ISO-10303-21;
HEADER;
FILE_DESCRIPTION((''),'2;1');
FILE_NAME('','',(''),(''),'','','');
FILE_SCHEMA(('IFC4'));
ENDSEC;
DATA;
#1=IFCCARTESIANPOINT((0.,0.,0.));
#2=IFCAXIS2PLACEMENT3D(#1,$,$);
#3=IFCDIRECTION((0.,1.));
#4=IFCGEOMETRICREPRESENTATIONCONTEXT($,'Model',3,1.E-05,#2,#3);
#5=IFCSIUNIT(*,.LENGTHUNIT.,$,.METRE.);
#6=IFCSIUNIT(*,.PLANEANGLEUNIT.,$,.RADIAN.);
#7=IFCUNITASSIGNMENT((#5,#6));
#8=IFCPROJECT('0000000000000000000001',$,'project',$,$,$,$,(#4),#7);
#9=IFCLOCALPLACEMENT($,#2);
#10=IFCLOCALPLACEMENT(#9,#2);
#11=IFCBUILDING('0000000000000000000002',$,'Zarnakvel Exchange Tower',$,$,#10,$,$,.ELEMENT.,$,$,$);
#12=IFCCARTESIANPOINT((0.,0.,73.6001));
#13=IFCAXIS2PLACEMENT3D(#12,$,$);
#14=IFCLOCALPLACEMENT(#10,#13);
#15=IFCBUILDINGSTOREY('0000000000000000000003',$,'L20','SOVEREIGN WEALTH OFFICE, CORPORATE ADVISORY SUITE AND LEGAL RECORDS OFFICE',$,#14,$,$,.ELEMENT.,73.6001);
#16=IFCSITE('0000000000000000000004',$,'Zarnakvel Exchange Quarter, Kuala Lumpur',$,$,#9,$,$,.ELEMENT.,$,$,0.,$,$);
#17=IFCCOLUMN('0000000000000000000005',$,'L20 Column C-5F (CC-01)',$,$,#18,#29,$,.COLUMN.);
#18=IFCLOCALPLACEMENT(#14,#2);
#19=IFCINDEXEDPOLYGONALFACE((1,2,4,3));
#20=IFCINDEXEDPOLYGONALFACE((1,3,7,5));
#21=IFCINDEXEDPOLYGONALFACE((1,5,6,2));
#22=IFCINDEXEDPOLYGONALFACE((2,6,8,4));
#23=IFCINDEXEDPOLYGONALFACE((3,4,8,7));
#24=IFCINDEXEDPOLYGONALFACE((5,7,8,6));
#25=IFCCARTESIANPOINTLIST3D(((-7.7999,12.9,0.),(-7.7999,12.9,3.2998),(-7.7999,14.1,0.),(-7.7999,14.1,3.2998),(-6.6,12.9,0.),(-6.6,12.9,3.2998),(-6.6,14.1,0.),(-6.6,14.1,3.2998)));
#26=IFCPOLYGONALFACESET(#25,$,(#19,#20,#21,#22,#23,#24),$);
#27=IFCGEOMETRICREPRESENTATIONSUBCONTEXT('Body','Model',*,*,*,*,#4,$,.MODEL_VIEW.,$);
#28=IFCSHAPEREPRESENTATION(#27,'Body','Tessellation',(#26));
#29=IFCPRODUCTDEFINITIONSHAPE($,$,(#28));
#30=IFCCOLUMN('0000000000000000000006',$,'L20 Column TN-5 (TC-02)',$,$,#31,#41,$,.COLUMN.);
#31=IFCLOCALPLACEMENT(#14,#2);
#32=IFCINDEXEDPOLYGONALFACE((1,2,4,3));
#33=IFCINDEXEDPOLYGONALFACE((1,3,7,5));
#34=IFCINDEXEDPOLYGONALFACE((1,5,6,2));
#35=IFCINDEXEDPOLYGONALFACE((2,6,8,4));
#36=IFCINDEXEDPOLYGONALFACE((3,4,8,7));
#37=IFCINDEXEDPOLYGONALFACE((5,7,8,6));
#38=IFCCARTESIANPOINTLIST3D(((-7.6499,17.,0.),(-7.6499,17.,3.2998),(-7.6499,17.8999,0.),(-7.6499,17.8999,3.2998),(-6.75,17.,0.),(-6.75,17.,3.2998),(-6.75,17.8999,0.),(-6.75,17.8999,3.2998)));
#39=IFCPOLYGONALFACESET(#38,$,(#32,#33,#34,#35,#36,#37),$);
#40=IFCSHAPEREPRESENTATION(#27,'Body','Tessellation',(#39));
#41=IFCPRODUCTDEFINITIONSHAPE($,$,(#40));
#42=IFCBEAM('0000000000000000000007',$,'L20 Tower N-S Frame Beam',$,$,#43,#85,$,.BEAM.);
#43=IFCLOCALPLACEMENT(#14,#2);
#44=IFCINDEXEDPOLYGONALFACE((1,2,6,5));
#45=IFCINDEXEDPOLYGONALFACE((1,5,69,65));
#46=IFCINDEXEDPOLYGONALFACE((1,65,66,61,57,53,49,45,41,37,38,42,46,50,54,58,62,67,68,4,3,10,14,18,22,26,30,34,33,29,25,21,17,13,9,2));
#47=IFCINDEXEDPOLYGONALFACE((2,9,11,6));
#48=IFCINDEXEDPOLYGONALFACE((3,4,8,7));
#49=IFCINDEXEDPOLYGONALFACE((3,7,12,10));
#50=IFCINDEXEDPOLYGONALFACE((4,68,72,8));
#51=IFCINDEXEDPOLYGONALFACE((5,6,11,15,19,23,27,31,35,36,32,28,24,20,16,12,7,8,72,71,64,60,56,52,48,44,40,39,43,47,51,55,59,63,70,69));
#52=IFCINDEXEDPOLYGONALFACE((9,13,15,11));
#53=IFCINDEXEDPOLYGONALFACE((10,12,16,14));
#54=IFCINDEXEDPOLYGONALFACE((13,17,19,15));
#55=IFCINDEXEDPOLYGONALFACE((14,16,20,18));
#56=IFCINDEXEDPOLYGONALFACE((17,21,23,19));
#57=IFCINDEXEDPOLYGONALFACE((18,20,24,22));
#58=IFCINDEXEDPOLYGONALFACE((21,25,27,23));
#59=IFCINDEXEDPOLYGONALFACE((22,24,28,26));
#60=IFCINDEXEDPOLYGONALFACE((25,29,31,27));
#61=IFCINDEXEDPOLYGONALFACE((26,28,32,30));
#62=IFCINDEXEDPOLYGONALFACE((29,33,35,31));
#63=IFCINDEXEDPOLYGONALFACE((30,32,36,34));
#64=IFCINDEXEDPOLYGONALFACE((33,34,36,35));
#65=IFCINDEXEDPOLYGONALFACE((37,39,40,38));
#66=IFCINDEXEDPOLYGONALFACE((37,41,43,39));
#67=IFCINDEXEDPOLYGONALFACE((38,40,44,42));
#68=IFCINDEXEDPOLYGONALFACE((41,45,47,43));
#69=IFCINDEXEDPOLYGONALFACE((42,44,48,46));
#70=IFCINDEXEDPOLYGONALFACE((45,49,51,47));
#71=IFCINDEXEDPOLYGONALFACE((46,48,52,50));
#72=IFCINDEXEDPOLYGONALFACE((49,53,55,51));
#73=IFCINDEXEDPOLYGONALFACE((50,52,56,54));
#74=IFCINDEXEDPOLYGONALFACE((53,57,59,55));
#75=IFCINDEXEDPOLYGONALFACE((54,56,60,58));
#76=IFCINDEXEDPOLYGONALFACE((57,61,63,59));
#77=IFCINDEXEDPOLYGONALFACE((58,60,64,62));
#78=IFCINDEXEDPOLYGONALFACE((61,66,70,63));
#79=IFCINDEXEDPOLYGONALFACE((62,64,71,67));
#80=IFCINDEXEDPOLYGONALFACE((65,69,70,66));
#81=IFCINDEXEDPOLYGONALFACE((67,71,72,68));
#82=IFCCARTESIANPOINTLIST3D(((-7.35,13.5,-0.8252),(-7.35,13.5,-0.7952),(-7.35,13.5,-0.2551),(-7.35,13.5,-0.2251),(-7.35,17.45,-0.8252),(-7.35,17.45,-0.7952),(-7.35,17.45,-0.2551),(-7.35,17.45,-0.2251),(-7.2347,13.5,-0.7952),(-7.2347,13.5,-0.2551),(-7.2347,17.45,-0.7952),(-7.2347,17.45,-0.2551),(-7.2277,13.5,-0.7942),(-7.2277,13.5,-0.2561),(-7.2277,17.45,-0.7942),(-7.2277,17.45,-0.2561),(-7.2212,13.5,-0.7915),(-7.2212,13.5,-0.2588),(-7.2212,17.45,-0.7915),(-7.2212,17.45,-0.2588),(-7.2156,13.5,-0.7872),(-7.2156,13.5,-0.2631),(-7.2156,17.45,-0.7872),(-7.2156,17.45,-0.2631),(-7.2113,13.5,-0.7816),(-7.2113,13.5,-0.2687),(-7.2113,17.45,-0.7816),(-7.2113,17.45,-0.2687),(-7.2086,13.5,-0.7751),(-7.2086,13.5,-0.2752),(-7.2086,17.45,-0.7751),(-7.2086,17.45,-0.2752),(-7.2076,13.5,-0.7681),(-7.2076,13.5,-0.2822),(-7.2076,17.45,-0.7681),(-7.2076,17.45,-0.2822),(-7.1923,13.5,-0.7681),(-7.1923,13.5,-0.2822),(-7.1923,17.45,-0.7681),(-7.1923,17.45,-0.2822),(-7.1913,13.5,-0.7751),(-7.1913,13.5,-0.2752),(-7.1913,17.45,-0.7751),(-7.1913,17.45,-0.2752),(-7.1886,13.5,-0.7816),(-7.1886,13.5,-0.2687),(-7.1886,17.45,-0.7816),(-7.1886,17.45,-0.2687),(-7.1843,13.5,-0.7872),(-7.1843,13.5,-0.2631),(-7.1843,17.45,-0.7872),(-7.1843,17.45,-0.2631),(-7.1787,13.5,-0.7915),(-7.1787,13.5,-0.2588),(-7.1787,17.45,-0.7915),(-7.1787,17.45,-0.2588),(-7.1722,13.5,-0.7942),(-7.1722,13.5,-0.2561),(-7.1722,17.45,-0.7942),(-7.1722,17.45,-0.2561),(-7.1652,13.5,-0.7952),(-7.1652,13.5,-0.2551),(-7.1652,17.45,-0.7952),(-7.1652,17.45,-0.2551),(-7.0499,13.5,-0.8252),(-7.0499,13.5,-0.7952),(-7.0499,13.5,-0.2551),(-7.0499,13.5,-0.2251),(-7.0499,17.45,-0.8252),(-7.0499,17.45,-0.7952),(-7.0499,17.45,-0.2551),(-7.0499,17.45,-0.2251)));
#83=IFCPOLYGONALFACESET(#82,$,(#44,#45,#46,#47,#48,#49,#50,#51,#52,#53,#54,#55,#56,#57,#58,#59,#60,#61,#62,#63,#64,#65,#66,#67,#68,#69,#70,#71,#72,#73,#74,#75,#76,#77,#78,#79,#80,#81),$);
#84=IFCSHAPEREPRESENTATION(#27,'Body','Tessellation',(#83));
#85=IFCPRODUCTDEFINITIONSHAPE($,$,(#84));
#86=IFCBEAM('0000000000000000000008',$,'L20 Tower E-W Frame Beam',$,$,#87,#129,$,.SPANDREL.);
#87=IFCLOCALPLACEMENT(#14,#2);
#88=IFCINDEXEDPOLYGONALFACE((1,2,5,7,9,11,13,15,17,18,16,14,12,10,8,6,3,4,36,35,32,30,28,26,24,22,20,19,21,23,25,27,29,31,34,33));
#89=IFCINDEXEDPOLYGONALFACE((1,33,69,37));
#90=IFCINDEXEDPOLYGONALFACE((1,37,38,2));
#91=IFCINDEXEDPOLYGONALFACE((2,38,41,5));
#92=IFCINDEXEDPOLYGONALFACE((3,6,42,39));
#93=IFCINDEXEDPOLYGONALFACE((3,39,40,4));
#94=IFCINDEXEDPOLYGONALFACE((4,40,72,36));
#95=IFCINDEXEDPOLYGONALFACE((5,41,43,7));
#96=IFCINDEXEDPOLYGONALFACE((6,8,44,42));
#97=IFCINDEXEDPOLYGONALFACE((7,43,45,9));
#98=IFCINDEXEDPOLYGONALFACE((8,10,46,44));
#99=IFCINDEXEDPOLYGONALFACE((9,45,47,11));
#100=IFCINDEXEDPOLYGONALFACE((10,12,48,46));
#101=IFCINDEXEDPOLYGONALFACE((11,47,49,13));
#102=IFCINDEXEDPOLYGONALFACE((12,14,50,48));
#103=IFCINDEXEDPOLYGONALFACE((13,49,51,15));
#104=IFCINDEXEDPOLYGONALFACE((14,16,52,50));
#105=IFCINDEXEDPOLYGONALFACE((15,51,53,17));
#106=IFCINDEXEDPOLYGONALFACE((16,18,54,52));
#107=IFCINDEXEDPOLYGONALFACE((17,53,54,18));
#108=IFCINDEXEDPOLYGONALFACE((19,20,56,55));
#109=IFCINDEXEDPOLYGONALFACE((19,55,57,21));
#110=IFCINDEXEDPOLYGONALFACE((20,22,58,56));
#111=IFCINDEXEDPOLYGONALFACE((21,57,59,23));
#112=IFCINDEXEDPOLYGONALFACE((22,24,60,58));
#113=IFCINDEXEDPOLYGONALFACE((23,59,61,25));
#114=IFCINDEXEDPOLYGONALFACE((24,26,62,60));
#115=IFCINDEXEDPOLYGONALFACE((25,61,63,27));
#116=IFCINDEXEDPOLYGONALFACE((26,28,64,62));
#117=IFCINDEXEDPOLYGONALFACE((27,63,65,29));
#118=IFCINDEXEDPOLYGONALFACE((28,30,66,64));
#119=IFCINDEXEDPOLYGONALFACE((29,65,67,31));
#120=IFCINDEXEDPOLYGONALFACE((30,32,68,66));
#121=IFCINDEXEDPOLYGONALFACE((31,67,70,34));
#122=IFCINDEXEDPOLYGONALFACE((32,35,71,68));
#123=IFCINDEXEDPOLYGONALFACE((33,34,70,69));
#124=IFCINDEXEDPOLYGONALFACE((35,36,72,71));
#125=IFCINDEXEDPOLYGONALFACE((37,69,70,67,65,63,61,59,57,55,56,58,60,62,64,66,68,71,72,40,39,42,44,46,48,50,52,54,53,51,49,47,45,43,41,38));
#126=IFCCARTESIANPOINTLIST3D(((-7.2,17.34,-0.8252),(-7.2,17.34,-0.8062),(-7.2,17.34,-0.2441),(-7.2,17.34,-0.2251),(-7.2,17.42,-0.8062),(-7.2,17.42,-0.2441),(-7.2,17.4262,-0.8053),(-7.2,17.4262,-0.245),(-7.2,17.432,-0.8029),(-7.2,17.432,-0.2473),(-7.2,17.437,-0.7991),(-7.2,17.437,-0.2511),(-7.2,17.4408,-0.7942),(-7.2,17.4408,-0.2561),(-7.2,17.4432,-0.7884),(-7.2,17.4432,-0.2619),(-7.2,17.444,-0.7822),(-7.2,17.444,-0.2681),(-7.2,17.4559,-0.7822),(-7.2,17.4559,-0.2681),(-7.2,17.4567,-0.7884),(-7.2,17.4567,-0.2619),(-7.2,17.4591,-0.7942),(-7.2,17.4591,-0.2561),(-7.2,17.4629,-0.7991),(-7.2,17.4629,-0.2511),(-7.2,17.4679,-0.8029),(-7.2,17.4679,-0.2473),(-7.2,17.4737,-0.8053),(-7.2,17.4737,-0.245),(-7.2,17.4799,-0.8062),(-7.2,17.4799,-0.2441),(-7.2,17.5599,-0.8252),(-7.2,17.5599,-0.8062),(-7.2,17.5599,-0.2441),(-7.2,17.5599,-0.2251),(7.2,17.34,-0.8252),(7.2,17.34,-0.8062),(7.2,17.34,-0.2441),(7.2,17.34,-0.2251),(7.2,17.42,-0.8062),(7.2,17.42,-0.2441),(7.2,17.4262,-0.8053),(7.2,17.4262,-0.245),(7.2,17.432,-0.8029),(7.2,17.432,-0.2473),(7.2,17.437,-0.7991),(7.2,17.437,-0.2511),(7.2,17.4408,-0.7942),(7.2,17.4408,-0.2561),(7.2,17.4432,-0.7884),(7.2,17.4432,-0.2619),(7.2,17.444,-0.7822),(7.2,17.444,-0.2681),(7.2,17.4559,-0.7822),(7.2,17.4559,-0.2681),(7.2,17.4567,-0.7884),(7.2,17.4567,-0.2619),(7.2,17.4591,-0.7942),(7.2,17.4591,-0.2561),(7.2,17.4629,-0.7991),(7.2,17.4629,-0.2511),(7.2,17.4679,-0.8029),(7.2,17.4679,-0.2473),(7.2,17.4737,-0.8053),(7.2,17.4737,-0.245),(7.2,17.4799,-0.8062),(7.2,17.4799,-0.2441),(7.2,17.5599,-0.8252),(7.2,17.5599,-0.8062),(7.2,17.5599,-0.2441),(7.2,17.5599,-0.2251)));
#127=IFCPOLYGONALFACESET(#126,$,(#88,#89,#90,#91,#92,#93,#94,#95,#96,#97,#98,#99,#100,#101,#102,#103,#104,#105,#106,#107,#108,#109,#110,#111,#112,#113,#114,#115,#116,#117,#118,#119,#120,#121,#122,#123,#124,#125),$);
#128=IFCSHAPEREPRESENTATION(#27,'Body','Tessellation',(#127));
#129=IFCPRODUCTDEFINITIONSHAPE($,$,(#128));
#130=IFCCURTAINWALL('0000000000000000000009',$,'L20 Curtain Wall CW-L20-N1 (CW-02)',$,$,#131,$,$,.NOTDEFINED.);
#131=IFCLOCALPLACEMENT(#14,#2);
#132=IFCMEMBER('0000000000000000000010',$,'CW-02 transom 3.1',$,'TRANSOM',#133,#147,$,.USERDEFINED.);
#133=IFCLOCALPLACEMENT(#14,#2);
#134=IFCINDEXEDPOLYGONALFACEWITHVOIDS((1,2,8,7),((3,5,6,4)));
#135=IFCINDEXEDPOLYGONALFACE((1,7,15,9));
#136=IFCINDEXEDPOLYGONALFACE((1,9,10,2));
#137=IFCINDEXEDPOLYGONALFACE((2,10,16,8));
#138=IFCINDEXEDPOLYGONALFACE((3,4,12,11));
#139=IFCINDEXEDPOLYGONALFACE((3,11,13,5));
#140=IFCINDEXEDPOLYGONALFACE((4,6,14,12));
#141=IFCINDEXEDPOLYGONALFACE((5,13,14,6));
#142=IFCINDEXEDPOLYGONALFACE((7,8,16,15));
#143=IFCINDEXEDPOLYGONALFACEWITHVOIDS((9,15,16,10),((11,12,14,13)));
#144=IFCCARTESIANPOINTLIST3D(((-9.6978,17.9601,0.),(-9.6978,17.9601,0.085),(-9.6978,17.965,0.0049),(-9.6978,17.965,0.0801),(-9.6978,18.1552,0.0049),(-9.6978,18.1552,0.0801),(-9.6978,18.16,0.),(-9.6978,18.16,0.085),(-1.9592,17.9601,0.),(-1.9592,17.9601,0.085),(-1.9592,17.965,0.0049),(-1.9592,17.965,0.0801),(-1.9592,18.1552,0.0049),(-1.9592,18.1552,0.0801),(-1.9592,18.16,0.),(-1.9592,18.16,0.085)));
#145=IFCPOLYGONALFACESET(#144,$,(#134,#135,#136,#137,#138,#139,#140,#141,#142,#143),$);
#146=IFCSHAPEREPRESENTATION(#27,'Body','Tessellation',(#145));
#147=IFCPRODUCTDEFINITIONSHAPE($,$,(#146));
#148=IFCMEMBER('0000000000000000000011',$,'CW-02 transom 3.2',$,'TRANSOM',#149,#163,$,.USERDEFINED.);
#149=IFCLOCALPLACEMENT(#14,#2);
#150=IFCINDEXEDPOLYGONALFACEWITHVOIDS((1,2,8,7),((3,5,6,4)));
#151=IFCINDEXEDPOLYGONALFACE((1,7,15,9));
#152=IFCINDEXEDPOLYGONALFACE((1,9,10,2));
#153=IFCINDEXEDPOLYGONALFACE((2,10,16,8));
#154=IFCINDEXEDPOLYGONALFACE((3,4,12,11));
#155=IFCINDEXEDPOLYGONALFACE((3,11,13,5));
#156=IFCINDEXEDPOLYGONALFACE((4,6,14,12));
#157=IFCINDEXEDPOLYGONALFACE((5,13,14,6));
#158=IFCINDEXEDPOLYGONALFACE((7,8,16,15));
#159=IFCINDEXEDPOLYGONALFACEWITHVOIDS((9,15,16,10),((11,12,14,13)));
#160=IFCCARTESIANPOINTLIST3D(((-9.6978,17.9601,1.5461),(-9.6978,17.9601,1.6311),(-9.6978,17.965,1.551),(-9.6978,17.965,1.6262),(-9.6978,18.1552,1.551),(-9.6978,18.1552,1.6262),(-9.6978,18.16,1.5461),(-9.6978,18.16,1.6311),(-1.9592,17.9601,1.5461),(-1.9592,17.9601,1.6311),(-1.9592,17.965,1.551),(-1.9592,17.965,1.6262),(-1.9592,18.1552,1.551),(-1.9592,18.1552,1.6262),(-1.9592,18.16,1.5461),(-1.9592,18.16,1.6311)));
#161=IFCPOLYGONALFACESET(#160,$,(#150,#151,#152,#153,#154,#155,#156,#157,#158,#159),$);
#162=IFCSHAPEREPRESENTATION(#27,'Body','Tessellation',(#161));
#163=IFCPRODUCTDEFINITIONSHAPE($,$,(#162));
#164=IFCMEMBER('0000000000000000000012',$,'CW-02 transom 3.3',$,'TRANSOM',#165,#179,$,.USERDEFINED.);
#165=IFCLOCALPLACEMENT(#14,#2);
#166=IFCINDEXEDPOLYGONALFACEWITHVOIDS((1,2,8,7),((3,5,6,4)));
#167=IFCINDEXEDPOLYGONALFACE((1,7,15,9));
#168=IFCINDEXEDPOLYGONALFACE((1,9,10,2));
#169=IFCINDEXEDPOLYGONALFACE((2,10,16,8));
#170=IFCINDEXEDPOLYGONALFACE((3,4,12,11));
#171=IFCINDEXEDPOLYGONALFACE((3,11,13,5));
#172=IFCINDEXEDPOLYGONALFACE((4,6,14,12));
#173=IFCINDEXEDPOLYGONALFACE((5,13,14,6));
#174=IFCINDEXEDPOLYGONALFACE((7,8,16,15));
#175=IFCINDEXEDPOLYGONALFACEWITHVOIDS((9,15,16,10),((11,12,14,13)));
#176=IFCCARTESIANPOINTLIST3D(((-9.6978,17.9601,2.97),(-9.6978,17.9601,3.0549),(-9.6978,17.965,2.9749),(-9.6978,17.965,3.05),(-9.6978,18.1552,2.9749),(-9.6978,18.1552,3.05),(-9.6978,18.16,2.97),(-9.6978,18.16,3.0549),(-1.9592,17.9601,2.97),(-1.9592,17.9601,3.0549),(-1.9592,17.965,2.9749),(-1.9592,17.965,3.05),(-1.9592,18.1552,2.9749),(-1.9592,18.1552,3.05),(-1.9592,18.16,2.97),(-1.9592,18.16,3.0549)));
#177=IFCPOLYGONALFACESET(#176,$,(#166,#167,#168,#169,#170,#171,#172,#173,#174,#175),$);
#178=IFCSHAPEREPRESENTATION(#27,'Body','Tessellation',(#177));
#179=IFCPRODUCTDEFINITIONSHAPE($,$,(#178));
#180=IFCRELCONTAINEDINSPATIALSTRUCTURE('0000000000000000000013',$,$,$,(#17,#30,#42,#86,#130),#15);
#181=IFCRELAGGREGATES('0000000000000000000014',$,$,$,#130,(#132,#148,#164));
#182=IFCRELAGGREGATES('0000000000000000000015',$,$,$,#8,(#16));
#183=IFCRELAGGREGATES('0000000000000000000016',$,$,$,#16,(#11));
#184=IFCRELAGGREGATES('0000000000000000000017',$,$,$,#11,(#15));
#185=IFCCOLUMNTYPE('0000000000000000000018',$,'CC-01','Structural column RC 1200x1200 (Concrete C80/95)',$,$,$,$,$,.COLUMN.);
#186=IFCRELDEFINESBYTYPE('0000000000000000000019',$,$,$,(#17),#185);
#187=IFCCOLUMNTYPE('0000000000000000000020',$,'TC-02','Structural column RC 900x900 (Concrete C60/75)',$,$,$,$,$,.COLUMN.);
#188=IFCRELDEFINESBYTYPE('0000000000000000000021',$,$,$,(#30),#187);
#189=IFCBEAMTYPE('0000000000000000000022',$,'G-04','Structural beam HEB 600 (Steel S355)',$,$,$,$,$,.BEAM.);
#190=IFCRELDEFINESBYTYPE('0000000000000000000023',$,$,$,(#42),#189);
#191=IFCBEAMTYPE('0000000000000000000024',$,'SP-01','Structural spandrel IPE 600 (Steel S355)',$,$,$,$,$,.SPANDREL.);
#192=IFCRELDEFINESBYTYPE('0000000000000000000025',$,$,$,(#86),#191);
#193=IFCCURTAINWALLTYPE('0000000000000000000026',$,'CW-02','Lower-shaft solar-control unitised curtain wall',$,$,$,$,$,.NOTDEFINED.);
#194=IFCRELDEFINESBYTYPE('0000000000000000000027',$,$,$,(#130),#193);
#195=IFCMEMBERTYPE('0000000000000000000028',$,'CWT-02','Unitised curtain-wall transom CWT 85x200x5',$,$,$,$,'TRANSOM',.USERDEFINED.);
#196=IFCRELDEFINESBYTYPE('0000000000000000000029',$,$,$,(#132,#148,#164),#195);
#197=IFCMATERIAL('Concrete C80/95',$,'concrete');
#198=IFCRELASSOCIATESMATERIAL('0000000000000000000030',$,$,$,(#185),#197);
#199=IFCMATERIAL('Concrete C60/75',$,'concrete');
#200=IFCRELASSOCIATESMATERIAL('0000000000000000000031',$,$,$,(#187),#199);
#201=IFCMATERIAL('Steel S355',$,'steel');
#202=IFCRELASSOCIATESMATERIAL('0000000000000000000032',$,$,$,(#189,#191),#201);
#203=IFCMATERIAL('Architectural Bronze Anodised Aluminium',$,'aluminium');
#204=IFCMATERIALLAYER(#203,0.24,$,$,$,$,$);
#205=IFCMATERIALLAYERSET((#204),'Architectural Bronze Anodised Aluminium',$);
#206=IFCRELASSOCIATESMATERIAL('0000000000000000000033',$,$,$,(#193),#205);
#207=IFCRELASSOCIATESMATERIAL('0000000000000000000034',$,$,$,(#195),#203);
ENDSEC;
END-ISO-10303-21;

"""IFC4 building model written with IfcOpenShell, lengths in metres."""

from ifc_helpers import new_model, si_unit, direction, frame, origin, origin_2d, place, context, subcontext, project, spatial, rectangle, hollow_rectangle, i_section, extrude, source, transform, mapped, material, layer, layer_set, material_profile, profile_set, type_object, element, aggregate, save


model = new_model("IFC4")

# Units and contexts
model_context = context("Model", 3, precision=1e-05, world=origin(), true_north=direction((0.0, 1.0)))
body_context = subcontext(model_context, "Body", "Model", "MODEL_VIEW")
ifc_project = project(units=[si_unit("LENGTHUNIT", "METRE"), si_unit("PLANEANGLEUNIT", "RADIAN")], contexts=[model_context])

# Site, building, storey
site_placement = place(None, origin())
site = spatial("IfcSite", under=ifc_project, at=site_placement, Name="Zarnakvel Exchange Quarter, Kuala Lumpur", CompositionType="ELEMENT", RefElevation=0.0)
building_placement = place(site_placement, origin())
building = spatial("IfcBuilding", under=site, at=building_placement, Name="Zarnakvel Exchange Tower", CompositionType="ELEMENT")
storey_placement = place(building_placement, frame((0.0, 0.0, 73.6001)))
storey = spatial("IfcBuildingStorey", under=building, at=storey_placement, Name="L20", Description="SOVEREIGN WEALTH OFFICE, CORPORATE ADVISORY SUITE AND LEGAL RECORDS OFFICE", CompositionType="ELEMENT", Elevation=73.6001)

# Columns
ifc_material_1 = material(Name="Concrete C80/95", Category="concrete")
ifc_material_profile_1 = material_profile(ifc_material_1, rectangle(XDim=1.2, YDim=1.2, at=origin_2d()))
ifc_profile_set_1 = profile_set([ifc_material_profile_1], Name="Concrete C80/95")
column_type_1 = type_object("IfcColumnType", Name="CC-01", Description="Structural column RC 1200x1200 (Concrete C80/95)", PredefinedType="COLUMN", material=ifc_profile_set_1)
column_1_placement = place(storey_placement, frame((-7.2, 13.5, 0.0), z_axis=(0.0, 0.0, 1.0), x_axis=(1.0, 0.0, 0.0)))
element("IfcColumn", 1, at=column_1_placement, inside=storey, type_object=column_type_1, Name="L20 Column C-5F (CC-01)", PredefinedType="COLUMN", context=body_context, shape_type="SweptSolid", body=[
    extrude(rectangle(XDim=1.2, YDim=1.2, at=origin_2d()), origin(), (0.0, 0.0, 1.0), 3.2998),
])
ifc_material_2 = material(Name="Concrete C60/75", Category="concrete")
ifc_material_profile_2 = material_profile(ifc_material_2, rectangle(XDim=0.8999, YDim=0.8999, at=origin_2d()))
ifc_profile_set_2 = profile_set([ifc_material_profile_2], Name="Concrete C60/75")
column_type_2 = type_object("IfcColumnType", Name="TC-02", Description="Structural column RC 900x900 (Concrete C60/75)", PredefinedType="COLUMN", material=ifc_profile_set_2)
column_2_placement = place(storey_placement, frame((-7.2, 17.45, 0.0), z_axis=(0.0, 0.0, 1.0), x_axis=(1.0, 0.0, 0.0)))
element("IfcColumn", 2, at=column_2_placement, inside=storey, type_object=column_type_2, Name="L20 Column TN-5 (TC-02)", PredefinedType="COLUMN", context=body_context, shape_type="SweptSolid", body=[
    extrude(rectangle(XDim=0.8999, YDim=0.8999, at=origin_2d()), origin(), (0.0, 0.0, 1.0), 3.2998),
])

# Beams
ifc_material_3 = material(Name="Steel S355", Category="steel")
ifc_material_profile_3 = material_profile(ifc_material_3, i_section(OverallWidth=0.3, OverallDepth=0.6001, WebThickness=0.0154, FlangeThickness=0.03, FilletRadius=0.0271, at=origin_2d()))
ifc_profile_set_3 = profile_set([ifc_material_profile_3], Name="Steel S355")
beam_type_1 = type_object("IfcBeamType", Name="G-04", Description="Structural beam HEB 600 (Steel S355)", PredefinedType="BEAM", material=ifc_profile_set_3)
beam_1_placement = place(storey_placement, frame((-7.2, 13.5, -0.5251), z_axis=(0.0, 1.0, 0.0), x_axis=(-1.0, 0.0, 0.0)))
element("IfcBeam", 3, at=beam_1_placement, inside=storey, type_object=beam_type_1, Name="L20 Tower N-S Frame Beam", PredefinedType="BEAM", context=body_context, shape_type="SweptSolid", body=[
    extrude(i_section(OverallWidth=0.3, OverallDepth=0.6001, WebThickness=0.0154, FlangeThickness=0.03, FilletRadius=0.0271, at=origin_2d()), origin(), (0.0, 0.0, 1.0), 3.95),
])
ifc_material_profile_4 = material_profile(ifc_material_3, i_section(OverallWidth=0.22, OverallDepth=0.6001, WebThickness=0.012, FlangeThickness=0.019, FilletRadius=0.0239, at=origin_2d()))
ifc_profile_set_4 = profile_set([ifc_material_profile_4], Name="Steel S355")
beam_type_2 = type_object("IfcBeamType", Name="SP-01", Description="Structural spandrel IPE 600 (Steel S355)", PredefinedType="SPANDREL", material=ifc_profile_set_4)
beam_2_placement = place(storey_placement, frame((-7.2, 17.45, -0.5251), z_axis=(1.0, 0.0, 0.0), x_axis=(0.0, 1.0, 0.0)))
element("IfcBeam", 4, at=beam_2_placement, inside=storey, type_object=beam_type_2, Name="L20 Tower E-W Frame Beam", PredefinedType="SPANDREL", context=body_context, shape_type="SweptSolid", body=[
    extrude(i_section(OverallWidth=0.22, OverallDepth=0.6001, WebThickness=0.012, FlangeThickness=0.019, FilletRadius=0.0239, at=origin_2d()), origin(), (0.0, 0.0, 1.0), 14.3999),
])

# Curtain wall, members
ifc_material_4 = material(Name="Architectural Bronze Anodised Aluminium", Category="aluminium")
ifc_layer_1 = layer(ifc_material_4, 0.24)
ifc_layer_set_1 = layer_set([ifc_layer_1], Name="Architectural Bronze Anodised Aluminium")
curtain_wall_type = type_object("IfcCurtainWallType", Name="CW-02", Description="Lower-shaft solar-control unitised curtain wall", PredefinedType="NOTDEFINED", material=ifc_layer_set_1)
curtain_wall_placement = place(storey_placement, origin())
curtain_wall = element("IfcCurtainWall", 5, at=curtain_wall_placement, inside=storey, type_object=curtain_wall_type, Name="L20 Curtain Wall CW-L20-N1 (CW-02)", PredefinedType="NOTDEFINED")
ifc_material_profile_5 = material_profile(ifc_material_4, hollow_rectangle(XDim=0.2, YDim=0.085, WallThickness=0.0049, at=origin_2d()))
ifc_profile_set_5 = profile_set([ifc_material_profile_5], Name="Architectural Bronze Anodised Aluminium")
member_type_1 = type_object("IfcMemberType", Name="CWT-02", Description="Unitised curtain-wall transom CWT 85x200x5", ElementType="TRANSOM", PredefinedType="USERDEFINED", material=ifc_profile_set_5)
shared_shape_1 = source(origin(), body_context, "Body", "SweptSolid", [
    extrude(hollow_rectangle(XDim=0.2, YDim=0.085, WallThickness=0.0049, at=origin_2d()), origin(), (0.0, 0.0, 1.0), 7.7385),
])
member_1_placement = place(storey_placement, frame((-9.6978, 18.0601, 0.0425), z_axis=(1.0, 0.0, 0.0), x_axis=(0.0, 1.0, 0.0)))
member_1 = element("IfcMember", 6, at=member_1_placement, type_object=member_type_1, Name="CW-02 transom 3.1", ObjectType="TRANSOM", PredefinedType="USERDEFINED", context=body_context, shape_type="MappedRepresentation", body=[
    mapped(shared_shape_1, transform((0.0, 0.0, 0.0), x_axis=(1.0, 0.0, 0.0), y_axis=(0.0, 1.0, 0.0), z_axis=(0.0, 0.0, 1.0), scale=1.0)),
])
member_2_placement = place(storey_placement, frame((-9.6978, 18.0601, 1.5886), z_axis=(1.0, 0.0, 0.0), x_axis=(0.0, 1.0, 0.0)))
member_2 = element("IfcMember", 7, at=member_2_placement, type_object=member_type_1, Name="CW-02 transom 3.2", ObjectType="TRANSOM", PredefinedType="USERDEFINED", context=body_context, shape_type="MappedRepresentation", body=[
    mapped(shared_shape_1, transform((0.0, 0.0, 0.0), x_axis=(1.0, 0.0, 0.0), y_axis=(0.0, 1.0, 0.0), z_axis=(0.0, 0.0, 1.0), scale=1.0)),
])
member_3_placement = place(storey_placement, frame((-9.6978, 18.0601, 3.0125), z_axis=(1.0, 0.0, 0.0), x_axis=(0.0, 1.0, 0.0)))
member_3 = element("IfcMember", 8, at=member_3_placement, type_object=member_type_1, Name="CW-02 transom 3.3", ObjectType="TRANSOM", PredefinedType="USERDEFINED", context=body_context, shape_type="MappedRepresentation", body=[
    mapped(shared_shape_1, transform((0.0, 0.0, 0.0), x_axis=(1.0, 0.0, 0.0), y_axis=(0.0, 1.0, 0.0), z_axis=(0.0, 0.0, 1.0), scale=1.0)),
])
aggregate(curtain_wall, [member_1, member_2, member_3])

save(model, "model.ifc")
